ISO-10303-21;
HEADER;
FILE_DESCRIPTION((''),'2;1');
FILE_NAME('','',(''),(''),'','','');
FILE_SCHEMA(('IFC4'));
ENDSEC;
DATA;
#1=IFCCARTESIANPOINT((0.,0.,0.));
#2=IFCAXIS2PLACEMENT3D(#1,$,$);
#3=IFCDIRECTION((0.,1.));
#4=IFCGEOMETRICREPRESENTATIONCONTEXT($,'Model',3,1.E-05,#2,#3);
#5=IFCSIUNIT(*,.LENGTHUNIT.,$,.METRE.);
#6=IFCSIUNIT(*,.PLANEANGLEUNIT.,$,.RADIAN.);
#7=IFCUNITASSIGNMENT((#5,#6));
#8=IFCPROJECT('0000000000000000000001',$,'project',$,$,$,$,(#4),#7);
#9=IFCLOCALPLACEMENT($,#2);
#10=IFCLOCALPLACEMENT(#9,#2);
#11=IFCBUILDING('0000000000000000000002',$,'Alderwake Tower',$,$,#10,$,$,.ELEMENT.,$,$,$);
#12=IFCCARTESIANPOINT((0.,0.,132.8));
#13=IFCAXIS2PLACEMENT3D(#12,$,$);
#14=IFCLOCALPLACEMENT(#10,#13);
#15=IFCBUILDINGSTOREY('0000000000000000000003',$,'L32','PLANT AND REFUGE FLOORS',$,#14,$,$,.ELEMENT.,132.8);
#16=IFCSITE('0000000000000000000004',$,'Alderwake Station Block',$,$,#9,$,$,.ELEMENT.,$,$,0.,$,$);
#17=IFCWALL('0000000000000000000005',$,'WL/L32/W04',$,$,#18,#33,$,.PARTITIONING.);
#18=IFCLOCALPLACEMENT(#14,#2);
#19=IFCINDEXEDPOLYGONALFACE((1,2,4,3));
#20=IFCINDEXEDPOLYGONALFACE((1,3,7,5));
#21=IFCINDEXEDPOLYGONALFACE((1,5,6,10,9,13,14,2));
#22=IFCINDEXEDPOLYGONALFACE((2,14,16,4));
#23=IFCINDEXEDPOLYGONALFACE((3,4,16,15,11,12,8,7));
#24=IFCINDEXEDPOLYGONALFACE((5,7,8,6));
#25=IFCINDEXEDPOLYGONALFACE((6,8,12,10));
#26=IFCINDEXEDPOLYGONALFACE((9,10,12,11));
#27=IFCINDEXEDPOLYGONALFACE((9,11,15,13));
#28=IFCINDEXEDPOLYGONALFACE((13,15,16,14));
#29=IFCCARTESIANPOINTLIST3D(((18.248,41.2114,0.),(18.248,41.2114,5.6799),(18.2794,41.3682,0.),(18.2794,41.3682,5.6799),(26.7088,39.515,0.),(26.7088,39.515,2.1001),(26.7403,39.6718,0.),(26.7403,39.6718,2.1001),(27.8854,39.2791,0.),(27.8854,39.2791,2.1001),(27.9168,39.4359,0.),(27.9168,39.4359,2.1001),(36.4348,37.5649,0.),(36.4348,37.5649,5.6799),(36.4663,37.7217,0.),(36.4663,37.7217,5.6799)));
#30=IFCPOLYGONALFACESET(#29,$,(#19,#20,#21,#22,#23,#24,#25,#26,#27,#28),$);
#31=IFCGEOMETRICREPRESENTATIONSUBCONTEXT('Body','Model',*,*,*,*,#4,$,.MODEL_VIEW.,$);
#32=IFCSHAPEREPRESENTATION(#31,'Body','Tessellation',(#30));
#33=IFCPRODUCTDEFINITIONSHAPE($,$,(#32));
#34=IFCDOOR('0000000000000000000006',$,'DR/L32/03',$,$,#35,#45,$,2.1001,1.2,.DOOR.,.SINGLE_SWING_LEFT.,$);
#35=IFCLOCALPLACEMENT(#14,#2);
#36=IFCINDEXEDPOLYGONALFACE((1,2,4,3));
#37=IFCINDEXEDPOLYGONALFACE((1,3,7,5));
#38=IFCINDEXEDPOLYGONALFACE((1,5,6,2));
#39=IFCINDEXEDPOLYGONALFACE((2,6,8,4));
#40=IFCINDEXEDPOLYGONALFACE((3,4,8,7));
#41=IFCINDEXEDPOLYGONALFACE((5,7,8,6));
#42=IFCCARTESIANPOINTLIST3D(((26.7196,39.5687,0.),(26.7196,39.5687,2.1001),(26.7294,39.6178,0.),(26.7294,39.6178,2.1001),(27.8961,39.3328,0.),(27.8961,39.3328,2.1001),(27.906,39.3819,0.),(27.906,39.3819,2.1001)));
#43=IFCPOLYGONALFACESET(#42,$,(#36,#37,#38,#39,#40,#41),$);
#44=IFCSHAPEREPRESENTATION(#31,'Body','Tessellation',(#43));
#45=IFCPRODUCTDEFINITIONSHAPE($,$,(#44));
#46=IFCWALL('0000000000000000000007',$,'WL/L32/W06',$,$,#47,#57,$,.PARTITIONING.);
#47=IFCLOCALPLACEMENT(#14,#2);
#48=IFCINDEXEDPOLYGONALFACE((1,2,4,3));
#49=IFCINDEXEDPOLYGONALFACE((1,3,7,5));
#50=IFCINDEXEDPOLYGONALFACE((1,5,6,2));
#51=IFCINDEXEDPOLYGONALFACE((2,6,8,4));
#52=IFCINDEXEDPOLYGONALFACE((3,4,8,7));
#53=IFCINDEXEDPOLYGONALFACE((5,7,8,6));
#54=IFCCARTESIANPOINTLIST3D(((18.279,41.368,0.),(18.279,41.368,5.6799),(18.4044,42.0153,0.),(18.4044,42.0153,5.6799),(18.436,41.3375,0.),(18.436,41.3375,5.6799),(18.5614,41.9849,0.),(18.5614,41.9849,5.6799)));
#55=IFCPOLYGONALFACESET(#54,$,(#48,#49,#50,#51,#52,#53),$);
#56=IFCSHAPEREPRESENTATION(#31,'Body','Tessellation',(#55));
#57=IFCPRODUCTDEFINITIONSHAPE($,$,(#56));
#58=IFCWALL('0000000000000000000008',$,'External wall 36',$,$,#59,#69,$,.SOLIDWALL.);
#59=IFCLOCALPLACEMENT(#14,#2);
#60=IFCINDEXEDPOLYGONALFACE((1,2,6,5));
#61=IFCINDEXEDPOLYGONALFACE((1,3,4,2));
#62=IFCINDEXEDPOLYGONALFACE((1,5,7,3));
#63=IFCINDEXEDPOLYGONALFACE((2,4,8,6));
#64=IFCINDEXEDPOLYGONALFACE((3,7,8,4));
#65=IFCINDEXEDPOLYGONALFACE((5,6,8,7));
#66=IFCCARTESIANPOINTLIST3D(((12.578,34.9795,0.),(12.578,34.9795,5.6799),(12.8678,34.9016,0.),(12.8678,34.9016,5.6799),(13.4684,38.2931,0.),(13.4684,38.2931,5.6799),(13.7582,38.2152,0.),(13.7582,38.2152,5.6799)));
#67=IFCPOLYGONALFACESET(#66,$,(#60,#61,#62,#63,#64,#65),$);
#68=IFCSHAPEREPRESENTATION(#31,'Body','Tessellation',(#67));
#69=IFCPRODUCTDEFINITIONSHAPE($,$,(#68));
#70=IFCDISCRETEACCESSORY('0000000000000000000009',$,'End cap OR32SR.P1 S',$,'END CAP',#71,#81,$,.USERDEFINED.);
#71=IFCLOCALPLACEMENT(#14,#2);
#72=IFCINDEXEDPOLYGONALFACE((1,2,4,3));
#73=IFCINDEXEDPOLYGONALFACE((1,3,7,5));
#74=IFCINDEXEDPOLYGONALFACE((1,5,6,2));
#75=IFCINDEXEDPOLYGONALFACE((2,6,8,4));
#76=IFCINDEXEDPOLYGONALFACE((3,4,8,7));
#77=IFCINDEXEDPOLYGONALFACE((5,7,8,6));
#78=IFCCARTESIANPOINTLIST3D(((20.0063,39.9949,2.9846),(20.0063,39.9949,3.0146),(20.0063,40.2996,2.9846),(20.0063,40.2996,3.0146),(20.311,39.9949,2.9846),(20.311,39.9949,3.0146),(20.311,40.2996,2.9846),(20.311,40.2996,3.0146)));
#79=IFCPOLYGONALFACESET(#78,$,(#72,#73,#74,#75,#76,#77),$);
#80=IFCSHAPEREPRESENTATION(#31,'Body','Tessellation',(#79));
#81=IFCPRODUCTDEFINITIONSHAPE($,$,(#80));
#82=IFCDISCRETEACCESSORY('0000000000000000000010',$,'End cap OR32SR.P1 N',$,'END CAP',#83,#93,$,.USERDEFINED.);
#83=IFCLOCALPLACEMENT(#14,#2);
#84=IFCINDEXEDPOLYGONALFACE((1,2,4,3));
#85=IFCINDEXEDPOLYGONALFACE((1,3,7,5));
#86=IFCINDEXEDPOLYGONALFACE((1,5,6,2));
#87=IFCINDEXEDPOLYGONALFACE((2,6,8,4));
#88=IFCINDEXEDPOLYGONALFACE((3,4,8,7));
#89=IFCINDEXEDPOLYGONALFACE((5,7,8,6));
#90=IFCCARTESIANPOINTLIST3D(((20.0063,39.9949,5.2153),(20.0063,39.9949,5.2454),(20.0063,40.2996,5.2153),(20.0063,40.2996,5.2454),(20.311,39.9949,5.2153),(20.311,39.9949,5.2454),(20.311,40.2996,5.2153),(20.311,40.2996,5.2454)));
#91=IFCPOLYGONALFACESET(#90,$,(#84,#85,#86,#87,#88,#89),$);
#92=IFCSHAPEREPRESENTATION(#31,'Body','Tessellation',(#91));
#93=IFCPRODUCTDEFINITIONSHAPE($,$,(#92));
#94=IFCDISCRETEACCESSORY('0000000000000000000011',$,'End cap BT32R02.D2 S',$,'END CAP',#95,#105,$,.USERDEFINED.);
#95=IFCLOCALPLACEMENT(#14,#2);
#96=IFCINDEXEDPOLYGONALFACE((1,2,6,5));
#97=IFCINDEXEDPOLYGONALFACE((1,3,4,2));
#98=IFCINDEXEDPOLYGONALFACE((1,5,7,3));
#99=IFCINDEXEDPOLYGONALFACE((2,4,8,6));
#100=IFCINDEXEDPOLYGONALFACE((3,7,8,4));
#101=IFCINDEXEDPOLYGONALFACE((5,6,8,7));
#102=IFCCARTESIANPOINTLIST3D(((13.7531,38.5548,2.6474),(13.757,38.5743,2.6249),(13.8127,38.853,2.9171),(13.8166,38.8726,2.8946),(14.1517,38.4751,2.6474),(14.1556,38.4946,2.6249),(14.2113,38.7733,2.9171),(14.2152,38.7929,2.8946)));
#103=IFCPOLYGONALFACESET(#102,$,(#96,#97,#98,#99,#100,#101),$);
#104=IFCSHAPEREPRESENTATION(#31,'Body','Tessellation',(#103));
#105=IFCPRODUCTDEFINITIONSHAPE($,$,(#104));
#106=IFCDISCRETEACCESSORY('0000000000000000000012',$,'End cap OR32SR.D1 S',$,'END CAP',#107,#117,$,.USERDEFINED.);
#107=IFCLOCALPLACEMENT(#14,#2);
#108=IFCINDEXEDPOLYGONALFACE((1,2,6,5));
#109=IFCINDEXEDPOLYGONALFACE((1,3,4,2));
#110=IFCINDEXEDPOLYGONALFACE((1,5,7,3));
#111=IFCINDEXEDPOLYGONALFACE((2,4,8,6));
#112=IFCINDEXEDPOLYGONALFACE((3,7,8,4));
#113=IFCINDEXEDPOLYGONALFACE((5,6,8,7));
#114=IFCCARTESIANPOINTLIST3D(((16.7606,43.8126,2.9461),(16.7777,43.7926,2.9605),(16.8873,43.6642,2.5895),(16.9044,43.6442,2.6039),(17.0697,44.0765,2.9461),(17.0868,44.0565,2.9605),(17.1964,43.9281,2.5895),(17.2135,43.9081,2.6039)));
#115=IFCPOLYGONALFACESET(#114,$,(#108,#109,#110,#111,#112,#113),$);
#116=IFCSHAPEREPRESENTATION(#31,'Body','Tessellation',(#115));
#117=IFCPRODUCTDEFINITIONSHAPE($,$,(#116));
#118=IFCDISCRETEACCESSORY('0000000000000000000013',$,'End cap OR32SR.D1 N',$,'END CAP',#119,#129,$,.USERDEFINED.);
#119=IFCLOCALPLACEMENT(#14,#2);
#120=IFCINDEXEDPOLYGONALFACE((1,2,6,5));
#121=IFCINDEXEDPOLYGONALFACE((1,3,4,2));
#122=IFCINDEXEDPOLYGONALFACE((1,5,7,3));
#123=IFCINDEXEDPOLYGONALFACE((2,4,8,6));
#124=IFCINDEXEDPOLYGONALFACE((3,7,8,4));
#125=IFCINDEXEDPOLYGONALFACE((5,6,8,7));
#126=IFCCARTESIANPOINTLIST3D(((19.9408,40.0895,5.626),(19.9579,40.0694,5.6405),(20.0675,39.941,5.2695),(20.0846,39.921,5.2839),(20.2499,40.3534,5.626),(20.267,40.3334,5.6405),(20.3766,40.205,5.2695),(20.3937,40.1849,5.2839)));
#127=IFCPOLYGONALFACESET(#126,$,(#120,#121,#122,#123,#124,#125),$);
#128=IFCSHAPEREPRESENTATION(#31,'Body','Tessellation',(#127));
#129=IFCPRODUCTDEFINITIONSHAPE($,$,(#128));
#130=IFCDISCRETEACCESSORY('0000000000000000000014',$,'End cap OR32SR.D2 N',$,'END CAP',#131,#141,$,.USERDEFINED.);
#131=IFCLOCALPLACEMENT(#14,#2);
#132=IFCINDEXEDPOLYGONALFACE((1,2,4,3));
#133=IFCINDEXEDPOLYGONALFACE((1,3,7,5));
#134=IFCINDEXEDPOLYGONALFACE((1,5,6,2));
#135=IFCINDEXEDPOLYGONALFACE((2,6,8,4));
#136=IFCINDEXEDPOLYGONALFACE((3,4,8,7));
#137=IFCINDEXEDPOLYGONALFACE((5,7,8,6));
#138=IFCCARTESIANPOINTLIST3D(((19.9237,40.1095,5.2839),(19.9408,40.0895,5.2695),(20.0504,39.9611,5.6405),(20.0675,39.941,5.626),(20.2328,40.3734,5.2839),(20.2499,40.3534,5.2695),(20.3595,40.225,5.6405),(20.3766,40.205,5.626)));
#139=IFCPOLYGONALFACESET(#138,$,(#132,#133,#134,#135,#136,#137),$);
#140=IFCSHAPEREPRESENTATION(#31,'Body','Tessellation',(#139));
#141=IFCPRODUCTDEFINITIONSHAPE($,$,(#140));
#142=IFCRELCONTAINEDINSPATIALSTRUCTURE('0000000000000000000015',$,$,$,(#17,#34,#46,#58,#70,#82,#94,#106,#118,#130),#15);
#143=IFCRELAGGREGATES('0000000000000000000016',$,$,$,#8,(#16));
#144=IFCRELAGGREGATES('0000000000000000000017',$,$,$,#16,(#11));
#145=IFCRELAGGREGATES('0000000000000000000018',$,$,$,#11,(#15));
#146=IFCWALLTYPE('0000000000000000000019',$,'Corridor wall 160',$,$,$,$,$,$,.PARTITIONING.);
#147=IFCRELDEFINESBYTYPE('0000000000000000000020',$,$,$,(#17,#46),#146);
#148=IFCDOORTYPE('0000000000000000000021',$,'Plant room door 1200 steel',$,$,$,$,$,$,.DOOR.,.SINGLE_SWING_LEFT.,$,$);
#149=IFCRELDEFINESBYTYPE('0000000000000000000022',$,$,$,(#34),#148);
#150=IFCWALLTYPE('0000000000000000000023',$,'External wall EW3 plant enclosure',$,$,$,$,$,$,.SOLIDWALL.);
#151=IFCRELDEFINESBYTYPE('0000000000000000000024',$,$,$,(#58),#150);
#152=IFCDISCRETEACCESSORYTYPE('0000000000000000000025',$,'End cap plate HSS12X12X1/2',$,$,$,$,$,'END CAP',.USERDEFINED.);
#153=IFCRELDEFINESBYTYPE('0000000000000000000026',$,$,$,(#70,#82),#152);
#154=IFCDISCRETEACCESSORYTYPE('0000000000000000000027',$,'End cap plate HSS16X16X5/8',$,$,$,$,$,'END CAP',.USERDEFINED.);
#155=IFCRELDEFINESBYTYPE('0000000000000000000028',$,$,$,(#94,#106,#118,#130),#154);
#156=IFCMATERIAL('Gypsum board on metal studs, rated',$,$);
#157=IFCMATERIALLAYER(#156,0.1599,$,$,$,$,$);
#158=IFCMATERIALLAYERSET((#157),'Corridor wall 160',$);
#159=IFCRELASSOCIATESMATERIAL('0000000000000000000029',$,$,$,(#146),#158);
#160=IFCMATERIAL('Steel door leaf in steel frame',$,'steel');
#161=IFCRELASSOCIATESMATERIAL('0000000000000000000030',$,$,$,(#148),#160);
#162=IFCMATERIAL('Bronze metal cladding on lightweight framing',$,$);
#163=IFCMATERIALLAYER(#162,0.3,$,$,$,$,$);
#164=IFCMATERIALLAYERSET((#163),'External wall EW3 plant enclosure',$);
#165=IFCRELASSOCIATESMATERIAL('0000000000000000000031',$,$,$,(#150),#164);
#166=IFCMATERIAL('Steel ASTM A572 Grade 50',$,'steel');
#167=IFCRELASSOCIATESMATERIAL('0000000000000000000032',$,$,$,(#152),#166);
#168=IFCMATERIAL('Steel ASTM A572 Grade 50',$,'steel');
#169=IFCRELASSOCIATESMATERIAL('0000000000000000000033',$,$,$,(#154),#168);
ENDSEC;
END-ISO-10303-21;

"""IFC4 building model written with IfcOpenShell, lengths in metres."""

from ifc_helpers import new_model, si_unit, direction, frame, frame_2d, origin, origin_2d, place, context, subcontext, project, spatial, rectangle, extrude, material, layer, layer_set, material_profile, profile_set, type_object, element, fill, save


model = new_model("IFC4")

# Units and contexts
model_context = context("Model", 3, precision=1e-05, world=origin(), true_north=direction((0.0, 1.0)))
body_context = subcontext(model_context, "Body", "Model", "MODEL_VIEW")
ifc_project = project(units=[si_unit("LENGTHUNIT", "METRE"), si_unit("PLANEANGLEUNIT", "RADIAN")], contexts=[model_context])

# Site, building, storey
site_placement = place(None, origin())
site = spatial("IfcSite", under=ifc_project, at=site_placement, Name="Alderwake Station Block", CompositionType="ELEMENT", RefElevation=0.0)
building_placement = place(site_placement, origin())
building = spatial("IfcBuilding", under=site, at=building_placement, Name="Alderwake Tower", CompositionType="ELEMENT")
storey_placement = place(building_placement, frame((0.0, 0.0, 132.8)))
storey = spatial("IfcBuildingStorey", under=building, at=storey_placement, Name="L32", Description="PLANT AND REFUGE FLOORS", CompositionType="ELEMENT", Elevation=132.8)

# Wall, opening, door
ifc_material_1 = material(Name="Gypsum board on metal studs, rated")
ifc_layer_1 = layer(ifc_material_1, 0.1599)
ifc_layer_set_1 = layer_set([ifc_layer_1], Name="Corridor wall 160")
wall_type_1 = type_object("IfcWallType", Name="Corridor wall 160", PredefinedType="PARTITIONING", material=ifc_layer_set_1)
wall_1_placement = place(storey_placement, frame((18.2637, 41.2898, 0.0), z_axis=(0.0, 0.0, 1.0), x_axis=(0.980486, -0.196589, 0.0)))
wall_1 = element("IfcWall", 1, at=wall_1_placement, inside=storey, type_object=wall_type_1, Name="WL/L32/W04", PredefinedType="PARTITIONING", context=body_context, shape_type="SweptSolid", body=[
    extrude(rectangle(XDim=18.5488, YDim=0.1599, at=frame_2d((9.2744, 0.0))), origin(), (0.0, 0.0, 1.0), 5.6799),
])
opening_placement = place(wall_1_placement, frame((8.6292, 0.0, 0.0)))
opening = element("IfcOpeningElement", 2, at=opening_placement, cuts=wall_1, PredefinedType="OPENING", context=body_context, shape_type="SweptSolid", body=[
    extrude(rectangle(XDim=1.2, YDim=2.1001, at=frame_2d((0.6001, 1.05))), frame((0.0, 0.0898, 0.0), z_axis=(0.0, -1.0, 0.0), x_axis=(1.0, 0.0, 0.0)), (0.0, 0.0, 1.0), 0.1799),
])
ifc_material_2 = material(Name="Steel door leaf in steel frame", Category="steel")
door_type = type_object("IfcDoorType", Name="Plant room door 1200 steel", OperationType="SINGLE_SWING_LEFT", PredefinedType="DOOR", material=ifc_material_2)
door_placement = place(opening_placement, origin())
door = element("IfcDoor", 3, at=door_placement, inside=storey, type_object=door_type, Name="DR/L32/03", OperationType="SINGLE_SWING_LEFT", OverallHeight=2.1001, OverallWidth=1.2, PredefinedType="DOOR", context=body_context, shape_type="SweptSolid", body=[
    extrude(rectangle(XDim=1.2, YDim=2.1001, at=frame_2d((0.6001, 1.05))), frame((0.0, 0.0249, 0.0), z_axis=(0.0, -1.0, 0.0), x_axis=(1.0, 0.0, 0.0)), (0.0, 0.0, 1.0), 0.05),
])
fill(opening, door)

# Walls
wall_2_placement = place(storey_placement, frame((18.4829, 42.0, 0.0), z_axis=(0.0, 0.0, 1.0), x_axis=(-0.190275, -0.981731, 0.0)))
element("IfcWall", 4, at=wall_2_placement, inside=storey, type_object=wall_type_1, Name="WL/L32/W06", PredefinedType="PARTITIONING", context=body_context, shape_type="SweptSolid", body=[
    extrude(rectangle(XDim=0.6594, YDim=0.1599, at=frame_2d((0.3296, 0.0))), origin(), (0.0, 0.0, 1.0), 5.6799),
])
ifc_material_3 = material(Name="Bronze metal cladding on lightweight framing")
ifc_layer_2 = layer(ifc_material_3, 0.3)
ifc_layer_set_2 = layer_set([ifc_layer_2], Name="External wall EW3 plant enclosure")
wall_type_2 = type_object("IfcWallType", Name="External wall EW3 plant enclosure", PredefinedType="SOLIDWALL", material=ifc_layer_set_2)
wall_3_placement = place(storey_placement, frame((13.6133, 38.2542, 0.0), z_axis=(0.0, 0.0, 1.0), x_axis=(-0.259491, -0.965745, 0.0)))
element("IfcWall", 5, at=wall_3_placement, inside=storey, type_object=wall_type_2, Name="External wall 36", PredefinedType="SOLIDWALL", context=body_context, shape_type="SweptSolid", body=[
    extrude(rectangle(XDim=3.4312, YDim=0.3, at=frame_2d((1.7156, 0.0))), origin(), (0.0, 0.0, 1.0), 5.6799),
])

# Discrete accessories
ifc_material_4 = material(Name="Steel ASTM A572 Grade 50", Category="steel")
ifc_material_profile_1 = material_profile(ifc_material_4, rectangle(XDim=0.3047, YDim=0.3047, at=origin_2d()), Name="HSS12X12X1/2 cap")
ifc_profile_set_1 = profile_set([ifc_material_profile_1], Name="Steel ASTM A572 Grade 50")
discrete_accessory_type_1 = type_object("IfcDiscreteAccessoryType", Name="End cap plate HSS12X12X1/2", ElementType="END CAP", PredefinedType="USERDEFINED", material=ifc_profile_set_1)
for number, where, z_axis, x_axis, name in (
    (6, (20.1587, 40.1472, 3.0146), (0.0, 0.0, -1.0), (1.0, 0.0, 0.0), "End cap OR32SR.P1 S"),
    (7, (20.1587, 40.1472, 5.2153), (0.0, 0.0, 1.0), (1.0, 0.0, 0.0), "End cap OR32SR.P1 N"),
):
    element("IfcDiscreteAccessory", number, at=place(storey_placement, frame(where, z_axis=z_axis, x_axis=x_axis)), inside=storey, type_object=discrete_accessory_type_1, Name=name, ObjectType="END CAP", PredefinedType="USERDEFINED", context=body_context, shape_type="SweptSolid", body=[
        extrude(rectangle(XDim=0.3047, YDim=0.3047, at=origin_2d()), origin(), (0.0, 0.0, 1.0), 0.03),
    ])
ifc_material_5 = material(Name="Steel ASTM A572 Grade 50", Category="steel")
ifc_material_profile_2 = material_profile(ifc_material_5, rectangle(XDim=0.4065, YDim=0.4065, at=origin_2d()), Name="HSS16X16X5/8 cap")
ifc_profile_set_2 = profile_set([ifc_material_profile_2], Name="Steel ASTM A572 Grade 50")
discrete_accessory_type_2 = type_object("IfcDiscreteAccessoryType", Name="End cap plate HSS16X16X5/8", ElementType="END CAP", PredefinedType="USERDEFINED", material=ifc_profile_set_2)
for number, where, z_axis, x_axis, name in (
    (8, (13.9822, 38.6641, 2.7822), (0.13012, 0.6506, -0.74819), (-0.980581, 0.196116, 0.0), "End cap BT32R02.D2 S"),
    (9, (16.9956, 43.8503, 2.7822), (-0.569558, 0.667196, -0.480056), (-0.760565, -0.649262, 0.0), "End cap OR32SR.D1 S"),
    (10, (20.1587, 40.1472, 5.4478), (0.569558, -0.667196, 0.480056), (0.760565, 0.649262, 0.0), "End cap OR32SR.D1 N"),
    (11, (20.1587, 40.1472, 5.4478), (-0.569558, 0.667196, 0.480056), (-0.760565, -0.649262, 0.0), "End cap OR32SR.D2 N"),
):
    element("IfcDiscreteAccessory", number, at=place(storey_placement, frame(where, z_axis=z_axis, x_axis=x_axis)), inside=storey, type_object=discrete_accessory_type_2, Name=name, ObjectType="END CAP", PredefinedType="USERDEFINED", context=body_context, shape_type="SweptSolid", body=[
        extrude(rectangle(XDim=0.4065, YDim=0.4065, at=origin_2d()), origin(), (0.0, 0.0, 1.0), 0.03),
    ])

save(model, "model.ifc")
